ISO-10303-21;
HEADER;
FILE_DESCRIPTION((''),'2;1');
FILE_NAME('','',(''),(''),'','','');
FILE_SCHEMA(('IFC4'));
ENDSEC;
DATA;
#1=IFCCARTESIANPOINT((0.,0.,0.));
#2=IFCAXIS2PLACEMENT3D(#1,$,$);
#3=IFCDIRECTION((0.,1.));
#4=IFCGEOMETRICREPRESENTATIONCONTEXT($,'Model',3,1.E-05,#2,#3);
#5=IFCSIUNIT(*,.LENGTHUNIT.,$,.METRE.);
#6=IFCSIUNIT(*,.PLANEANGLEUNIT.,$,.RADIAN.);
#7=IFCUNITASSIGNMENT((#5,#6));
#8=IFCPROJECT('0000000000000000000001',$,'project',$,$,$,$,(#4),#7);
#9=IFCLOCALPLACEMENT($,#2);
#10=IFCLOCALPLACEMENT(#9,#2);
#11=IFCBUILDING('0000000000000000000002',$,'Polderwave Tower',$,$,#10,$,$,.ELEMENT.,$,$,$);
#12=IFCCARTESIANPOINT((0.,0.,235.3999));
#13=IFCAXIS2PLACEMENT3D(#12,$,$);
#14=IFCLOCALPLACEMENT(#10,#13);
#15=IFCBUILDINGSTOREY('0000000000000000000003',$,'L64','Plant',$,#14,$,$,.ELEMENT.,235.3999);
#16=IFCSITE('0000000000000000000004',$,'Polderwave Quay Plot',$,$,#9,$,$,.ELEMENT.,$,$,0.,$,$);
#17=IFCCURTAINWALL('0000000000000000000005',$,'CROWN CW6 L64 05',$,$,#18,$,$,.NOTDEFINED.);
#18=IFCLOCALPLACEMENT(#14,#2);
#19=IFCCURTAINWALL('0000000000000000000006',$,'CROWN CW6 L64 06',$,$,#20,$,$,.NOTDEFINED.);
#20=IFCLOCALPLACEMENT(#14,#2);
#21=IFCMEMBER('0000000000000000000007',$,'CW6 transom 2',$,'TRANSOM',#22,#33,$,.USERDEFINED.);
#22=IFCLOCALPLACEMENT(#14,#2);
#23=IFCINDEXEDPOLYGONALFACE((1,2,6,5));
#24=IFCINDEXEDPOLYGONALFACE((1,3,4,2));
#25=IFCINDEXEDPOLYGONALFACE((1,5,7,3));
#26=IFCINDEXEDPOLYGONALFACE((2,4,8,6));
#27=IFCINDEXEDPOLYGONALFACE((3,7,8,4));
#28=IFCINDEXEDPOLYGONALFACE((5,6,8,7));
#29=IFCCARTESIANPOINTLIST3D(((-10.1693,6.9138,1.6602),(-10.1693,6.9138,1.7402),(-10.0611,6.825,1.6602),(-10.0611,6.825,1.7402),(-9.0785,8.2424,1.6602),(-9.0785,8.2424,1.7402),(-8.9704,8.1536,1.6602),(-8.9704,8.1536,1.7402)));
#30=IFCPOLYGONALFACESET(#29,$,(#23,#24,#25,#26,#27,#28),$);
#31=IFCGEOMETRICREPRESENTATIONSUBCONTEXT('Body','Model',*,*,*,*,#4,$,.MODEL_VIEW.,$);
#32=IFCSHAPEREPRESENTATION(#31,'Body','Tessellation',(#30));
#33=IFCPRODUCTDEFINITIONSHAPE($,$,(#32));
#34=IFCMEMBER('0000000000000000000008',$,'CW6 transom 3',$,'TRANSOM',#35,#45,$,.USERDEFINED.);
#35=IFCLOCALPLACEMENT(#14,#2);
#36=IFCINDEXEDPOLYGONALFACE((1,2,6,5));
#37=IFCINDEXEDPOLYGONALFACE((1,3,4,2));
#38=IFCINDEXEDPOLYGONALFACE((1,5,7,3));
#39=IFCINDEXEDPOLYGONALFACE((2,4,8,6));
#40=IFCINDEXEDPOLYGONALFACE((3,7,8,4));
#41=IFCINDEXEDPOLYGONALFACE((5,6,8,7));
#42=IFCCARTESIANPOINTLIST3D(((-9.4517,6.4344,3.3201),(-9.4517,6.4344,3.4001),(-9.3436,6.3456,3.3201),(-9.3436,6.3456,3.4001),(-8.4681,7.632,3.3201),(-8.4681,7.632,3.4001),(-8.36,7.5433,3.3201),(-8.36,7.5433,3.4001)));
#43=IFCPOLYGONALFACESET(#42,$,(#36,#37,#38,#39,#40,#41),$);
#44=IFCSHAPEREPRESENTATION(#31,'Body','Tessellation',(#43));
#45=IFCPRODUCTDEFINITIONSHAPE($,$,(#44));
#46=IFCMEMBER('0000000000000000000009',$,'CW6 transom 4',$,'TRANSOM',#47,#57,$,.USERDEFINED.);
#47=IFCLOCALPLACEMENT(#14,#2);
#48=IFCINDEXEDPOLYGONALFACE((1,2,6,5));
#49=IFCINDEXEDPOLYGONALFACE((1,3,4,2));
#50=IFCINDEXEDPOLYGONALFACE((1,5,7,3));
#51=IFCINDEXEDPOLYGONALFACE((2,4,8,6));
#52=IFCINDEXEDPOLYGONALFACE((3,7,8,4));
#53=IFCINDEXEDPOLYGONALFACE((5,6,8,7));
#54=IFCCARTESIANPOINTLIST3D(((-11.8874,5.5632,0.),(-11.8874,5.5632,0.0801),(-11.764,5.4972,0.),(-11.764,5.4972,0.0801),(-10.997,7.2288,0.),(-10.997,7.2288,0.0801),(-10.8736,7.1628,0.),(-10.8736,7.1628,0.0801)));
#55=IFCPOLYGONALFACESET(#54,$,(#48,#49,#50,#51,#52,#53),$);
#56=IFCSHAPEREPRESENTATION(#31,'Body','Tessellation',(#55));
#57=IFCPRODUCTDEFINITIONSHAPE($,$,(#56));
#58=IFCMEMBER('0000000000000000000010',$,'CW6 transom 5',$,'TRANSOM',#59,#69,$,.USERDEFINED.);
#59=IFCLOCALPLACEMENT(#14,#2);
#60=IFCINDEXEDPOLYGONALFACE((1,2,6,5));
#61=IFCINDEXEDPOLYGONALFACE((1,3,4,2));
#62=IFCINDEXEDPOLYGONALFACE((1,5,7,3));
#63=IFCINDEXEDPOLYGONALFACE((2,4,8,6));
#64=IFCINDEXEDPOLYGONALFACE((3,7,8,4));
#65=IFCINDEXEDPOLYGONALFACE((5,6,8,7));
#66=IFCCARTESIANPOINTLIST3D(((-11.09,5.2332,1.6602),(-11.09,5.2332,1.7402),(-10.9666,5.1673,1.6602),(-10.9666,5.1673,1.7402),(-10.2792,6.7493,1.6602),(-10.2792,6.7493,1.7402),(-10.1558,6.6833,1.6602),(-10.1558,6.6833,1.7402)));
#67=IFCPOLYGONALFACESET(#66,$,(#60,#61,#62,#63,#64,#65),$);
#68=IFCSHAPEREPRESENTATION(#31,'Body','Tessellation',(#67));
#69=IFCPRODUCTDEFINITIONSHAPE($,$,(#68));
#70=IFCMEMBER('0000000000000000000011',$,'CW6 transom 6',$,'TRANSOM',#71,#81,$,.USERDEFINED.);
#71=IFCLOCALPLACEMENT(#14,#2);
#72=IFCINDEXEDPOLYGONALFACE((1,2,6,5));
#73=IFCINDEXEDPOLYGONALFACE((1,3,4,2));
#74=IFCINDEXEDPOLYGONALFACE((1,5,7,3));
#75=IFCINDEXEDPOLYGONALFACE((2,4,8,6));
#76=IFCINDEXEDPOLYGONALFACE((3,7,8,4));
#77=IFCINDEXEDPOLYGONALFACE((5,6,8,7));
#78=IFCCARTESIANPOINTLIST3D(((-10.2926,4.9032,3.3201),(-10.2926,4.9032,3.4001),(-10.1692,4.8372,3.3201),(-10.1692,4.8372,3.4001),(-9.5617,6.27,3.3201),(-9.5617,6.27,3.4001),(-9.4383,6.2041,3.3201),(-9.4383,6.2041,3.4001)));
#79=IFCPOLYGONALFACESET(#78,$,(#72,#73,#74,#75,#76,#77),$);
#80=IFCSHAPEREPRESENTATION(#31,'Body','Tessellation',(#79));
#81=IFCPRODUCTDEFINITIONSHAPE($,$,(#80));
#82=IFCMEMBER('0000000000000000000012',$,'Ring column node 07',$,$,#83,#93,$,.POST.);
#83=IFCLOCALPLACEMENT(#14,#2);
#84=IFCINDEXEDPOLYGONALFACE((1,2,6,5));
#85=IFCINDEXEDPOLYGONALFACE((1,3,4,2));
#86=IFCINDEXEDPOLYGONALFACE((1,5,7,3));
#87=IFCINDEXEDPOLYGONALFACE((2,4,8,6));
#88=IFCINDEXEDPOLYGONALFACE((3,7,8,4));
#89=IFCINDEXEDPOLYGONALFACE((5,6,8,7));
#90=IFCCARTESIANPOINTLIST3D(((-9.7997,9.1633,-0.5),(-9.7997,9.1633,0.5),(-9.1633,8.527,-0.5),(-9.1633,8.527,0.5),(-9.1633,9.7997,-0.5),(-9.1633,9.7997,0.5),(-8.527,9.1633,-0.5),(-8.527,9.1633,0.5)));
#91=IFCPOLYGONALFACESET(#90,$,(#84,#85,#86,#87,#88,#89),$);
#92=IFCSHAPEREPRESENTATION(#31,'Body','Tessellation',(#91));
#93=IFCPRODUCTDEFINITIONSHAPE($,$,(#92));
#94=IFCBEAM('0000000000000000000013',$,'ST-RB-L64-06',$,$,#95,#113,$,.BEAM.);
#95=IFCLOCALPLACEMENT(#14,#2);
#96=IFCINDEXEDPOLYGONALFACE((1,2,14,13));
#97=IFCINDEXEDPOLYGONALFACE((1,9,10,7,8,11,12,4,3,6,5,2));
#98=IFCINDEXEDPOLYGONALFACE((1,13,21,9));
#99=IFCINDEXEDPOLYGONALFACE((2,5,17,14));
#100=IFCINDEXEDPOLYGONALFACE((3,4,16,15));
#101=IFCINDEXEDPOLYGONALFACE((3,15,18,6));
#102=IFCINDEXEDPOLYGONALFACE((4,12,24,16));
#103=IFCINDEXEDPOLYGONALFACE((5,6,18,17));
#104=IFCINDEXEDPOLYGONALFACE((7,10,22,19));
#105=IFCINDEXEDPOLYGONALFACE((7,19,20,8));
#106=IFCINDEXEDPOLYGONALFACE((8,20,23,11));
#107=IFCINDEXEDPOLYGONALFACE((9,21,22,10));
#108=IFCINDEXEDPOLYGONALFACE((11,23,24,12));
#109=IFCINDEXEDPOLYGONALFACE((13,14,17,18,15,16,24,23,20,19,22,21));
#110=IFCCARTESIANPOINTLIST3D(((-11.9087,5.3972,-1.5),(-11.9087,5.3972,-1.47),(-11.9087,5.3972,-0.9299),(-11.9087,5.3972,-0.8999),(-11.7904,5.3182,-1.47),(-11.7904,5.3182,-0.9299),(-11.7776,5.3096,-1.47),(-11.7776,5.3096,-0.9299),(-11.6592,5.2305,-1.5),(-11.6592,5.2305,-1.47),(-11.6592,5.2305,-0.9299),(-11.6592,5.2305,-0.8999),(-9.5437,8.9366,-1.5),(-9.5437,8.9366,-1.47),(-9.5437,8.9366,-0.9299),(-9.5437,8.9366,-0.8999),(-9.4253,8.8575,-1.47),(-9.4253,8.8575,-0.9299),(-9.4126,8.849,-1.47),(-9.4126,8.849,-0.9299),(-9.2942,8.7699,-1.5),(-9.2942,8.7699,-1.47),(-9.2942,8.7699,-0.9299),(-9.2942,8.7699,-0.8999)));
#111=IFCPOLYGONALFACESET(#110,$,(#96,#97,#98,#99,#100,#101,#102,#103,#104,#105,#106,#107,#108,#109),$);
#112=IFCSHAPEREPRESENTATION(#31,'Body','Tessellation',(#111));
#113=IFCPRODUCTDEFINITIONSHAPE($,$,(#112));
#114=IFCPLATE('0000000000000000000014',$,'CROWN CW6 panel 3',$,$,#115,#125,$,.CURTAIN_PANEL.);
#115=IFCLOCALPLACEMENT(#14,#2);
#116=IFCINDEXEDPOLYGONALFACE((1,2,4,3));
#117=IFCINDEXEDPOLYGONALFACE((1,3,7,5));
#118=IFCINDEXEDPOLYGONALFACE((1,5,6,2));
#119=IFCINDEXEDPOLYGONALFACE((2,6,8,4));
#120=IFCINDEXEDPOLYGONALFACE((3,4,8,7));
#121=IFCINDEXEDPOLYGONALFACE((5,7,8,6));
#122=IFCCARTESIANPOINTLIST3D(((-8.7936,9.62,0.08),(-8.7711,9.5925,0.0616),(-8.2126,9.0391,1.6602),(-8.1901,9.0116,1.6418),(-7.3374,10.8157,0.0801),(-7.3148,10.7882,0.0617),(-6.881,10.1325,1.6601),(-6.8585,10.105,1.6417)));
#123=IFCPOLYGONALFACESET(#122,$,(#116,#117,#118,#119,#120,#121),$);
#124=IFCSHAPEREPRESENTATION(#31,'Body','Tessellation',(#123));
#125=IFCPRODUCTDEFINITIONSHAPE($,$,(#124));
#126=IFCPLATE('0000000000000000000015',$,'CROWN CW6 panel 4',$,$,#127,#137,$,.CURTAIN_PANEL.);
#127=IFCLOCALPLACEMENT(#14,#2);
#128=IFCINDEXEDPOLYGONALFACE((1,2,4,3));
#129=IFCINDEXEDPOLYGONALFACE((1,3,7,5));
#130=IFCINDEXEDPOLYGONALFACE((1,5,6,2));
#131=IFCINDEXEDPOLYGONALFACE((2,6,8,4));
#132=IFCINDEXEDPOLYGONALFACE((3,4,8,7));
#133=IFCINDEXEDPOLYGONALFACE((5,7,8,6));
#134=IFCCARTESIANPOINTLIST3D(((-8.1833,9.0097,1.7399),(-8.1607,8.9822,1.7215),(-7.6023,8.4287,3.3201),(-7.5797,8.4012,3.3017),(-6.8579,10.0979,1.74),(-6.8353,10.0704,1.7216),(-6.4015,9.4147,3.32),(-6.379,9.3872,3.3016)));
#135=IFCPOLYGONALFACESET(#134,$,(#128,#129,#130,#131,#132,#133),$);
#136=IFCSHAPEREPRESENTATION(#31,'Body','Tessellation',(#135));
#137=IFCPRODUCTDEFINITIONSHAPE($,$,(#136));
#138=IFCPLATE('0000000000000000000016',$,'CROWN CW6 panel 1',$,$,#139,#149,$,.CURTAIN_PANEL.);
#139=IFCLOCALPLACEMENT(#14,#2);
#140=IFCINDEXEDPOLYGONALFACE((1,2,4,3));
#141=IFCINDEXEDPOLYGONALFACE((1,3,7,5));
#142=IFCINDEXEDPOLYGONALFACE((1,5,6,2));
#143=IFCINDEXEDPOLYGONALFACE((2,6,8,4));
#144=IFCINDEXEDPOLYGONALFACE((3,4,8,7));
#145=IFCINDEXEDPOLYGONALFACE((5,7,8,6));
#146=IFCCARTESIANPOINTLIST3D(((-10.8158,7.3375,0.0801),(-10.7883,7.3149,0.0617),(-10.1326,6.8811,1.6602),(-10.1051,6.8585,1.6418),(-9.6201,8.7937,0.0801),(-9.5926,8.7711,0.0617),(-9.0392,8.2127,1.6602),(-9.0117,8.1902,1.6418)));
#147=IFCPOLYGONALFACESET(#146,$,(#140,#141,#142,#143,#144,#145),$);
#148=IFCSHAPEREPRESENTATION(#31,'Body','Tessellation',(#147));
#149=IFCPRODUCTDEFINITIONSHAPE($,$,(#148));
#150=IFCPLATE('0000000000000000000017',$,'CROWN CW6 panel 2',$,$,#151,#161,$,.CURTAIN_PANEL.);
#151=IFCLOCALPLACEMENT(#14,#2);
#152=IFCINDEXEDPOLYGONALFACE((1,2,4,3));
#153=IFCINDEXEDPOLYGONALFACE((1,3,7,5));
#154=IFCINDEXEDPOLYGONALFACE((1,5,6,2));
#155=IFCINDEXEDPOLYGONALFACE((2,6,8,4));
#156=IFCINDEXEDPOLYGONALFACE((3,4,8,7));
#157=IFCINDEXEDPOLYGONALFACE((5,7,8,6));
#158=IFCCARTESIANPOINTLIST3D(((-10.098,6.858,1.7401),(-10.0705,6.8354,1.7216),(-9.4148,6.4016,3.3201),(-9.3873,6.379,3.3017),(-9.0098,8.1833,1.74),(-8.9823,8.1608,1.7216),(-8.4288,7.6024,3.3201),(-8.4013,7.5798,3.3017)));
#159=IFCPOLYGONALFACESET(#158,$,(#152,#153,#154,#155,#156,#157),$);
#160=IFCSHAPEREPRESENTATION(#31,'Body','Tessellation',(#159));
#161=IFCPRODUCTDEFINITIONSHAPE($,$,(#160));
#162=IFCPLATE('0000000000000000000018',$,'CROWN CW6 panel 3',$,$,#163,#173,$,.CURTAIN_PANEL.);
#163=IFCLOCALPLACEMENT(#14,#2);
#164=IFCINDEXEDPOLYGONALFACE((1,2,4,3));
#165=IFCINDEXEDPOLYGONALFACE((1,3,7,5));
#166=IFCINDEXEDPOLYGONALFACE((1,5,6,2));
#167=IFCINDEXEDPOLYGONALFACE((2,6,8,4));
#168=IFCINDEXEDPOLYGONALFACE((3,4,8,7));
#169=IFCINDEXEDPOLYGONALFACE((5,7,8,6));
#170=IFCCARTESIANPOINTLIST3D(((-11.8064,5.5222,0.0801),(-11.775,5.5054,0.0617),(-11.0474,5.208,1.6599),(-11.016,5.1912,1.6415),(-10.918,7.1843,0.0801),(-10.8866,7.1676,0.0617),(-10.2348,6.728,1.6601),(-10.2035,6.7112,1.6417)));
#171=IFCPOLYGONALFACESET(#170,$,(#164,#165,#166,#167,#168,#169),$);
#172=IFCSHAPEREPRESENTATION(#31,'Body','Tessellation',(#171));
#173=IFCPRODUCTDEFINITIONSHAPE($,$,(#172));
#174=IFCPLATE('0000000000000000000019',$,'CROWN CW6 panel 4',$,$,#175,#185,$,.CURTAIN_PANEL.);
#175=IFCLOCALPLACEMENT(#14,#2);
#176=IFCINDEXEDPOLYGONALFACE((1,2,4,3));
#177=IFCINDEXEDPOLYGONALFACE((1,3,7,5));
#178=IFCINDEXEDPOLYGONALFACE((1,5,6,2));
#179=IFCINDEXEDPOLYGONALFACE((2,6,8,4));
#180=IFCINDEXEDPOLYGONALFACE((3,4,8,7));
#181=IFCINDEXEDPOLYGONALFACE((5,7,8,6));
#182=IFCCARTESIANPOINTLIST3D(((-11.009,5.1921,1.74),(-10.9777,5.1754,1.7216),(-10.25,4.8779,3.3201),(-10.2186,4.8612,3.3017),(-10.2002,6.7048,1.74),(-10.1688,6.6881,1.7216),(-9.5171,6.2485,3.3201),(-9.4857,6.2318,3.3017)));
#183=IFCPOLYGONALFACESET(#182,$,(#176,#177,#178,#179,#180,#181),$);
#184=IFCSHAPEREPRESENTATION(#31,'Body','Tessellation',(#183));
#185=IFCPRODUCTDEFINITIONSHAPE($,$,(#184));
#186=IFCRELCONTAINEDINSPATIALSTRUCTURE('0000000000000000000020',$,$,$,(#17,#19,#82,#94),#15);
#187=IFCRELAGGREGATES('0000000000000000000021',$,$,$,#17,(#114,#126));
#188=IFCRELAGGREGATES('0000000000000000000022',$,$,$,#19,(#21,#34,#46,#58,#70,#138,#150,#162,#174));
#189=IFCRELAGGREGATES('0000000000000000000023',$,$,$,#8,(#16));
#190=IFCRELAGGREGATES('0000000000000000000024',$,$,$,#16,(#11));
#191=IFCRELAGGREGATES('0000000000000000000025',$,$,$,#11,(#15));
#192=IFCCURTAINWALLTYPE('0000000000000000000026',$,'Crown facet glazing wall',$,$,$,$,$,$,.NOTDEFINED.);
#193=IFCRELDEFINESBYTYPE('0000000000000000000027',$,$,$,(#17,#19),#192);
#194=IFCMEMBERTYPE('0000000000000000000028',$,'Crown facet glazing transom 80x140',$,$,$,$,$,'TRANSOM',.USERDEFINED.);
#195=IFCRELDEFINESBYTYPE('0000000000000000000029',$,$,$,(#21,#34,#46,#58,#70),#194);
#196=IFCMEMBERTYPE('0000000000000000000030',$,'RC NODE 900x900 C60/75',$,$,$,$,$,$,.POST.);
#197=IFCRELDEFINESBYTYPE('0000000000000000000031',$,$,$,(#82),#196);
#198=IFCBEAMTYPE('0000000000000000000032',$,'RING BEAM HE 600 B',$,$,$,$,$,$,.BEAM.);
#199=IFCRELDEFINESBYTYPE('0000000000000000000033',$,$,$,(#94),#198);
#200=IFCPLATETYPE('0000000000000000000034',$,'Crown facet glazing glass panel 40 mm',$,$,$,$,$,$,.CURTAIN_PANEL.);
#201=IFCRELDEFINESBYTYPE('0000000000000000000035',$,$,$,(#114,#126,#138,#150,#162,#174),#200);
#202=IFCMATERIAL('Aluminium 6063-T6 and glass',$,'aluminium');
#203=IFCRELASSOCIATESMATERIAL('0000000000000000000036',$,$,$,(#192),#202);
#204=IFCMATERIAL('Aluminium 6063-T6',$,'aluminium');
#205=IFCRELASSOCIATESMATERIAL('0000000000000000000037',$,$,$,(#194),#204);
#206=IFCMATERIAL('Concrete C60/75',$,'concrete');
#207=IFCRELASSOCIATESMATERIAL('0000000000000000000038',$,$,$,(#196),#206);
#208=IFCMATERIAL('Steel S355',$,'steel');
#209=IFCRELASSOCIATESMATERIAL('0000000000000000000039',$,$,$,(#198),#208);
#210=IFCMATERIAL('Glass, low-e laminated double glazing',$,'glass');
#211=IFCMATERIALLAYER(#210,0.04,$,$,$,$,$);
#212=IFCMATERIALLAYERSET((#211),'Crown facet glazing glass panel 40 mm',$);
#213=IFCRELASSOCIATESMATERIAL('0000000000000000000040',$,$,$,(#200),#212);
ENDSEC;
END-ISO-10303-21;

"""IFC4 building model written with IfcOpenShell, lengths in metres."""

from ifc_helpers import new_model, si_unit, direction, frame, origin, origin_2d, place, context, subcontext, project, spatial, polyline, rectangle, i_section, outline, extrude, material, layer, layer_set, material_profile, profile_set, type_object, element, aggregate, save


model = new_model("IFC4")

# Units and contexts
model_context = context("Model", 3, precision=1e-05, world=origin(), true_north=direction((0.0, 1.0)))
body_context = subcontext(model_context, "Body", "Model", "MODEL_VIEW")
ifc_project = project(units=[si_unit("LENGTHUNIT", "METRE"), si_unit("PLANEANGLEUNIT", "RADIAN")], contexts=[model_context])

# Site, building, storey
site_placement = place(None, origin())
site = spatial("IfcSite", under=ifc_project, at=site_placement, Name="Polderwave Quay Plot", CompositionType="ELEMENT", RefElevation=0.0)
building_placement = place(site_placement, origin())
building = spatial("IfcBuilding", under=site, at=building_placement, Name="Polderwave Tower", CompositionType="ELEMENT")
storey_placement = place(building_placement, frame((0.0, 0.0, 235.3999)))
storey = spatial("IfcBuildingStorey", under=building, at=storey_placement, Name="L64", Description="Plant", CompositionType="ELEMENT", Elevation=235.3999)

# Shared definitions
ifc_material_1 = material(Name="Concrete C60/75", Category="concrete")

# Curtain walls
ifc_material_2 = material(Name="Aluminium 6063-T6 and glass", Category="aluminium")
curtain_wall_type = type_object("IfcCurtainWallType", Name="Crown facet glazing wall", PredefinedType="NOTDEFINED", material=ifc_material_2)
curtain_wall_1_placement = place(storey_placement, origin())
curtain_wall_1 = element("IfcCurtainWall", 1, at=curtain_wall_1_placement, inside=storey, type_object=curtain_wall_type, Name="CROWN CW6 L64 05", PredefinedType="NOTDEFINED")
ifc_material_3 = material(Name="Aluminium 6063-T6", Category="aluminium")
curtain_wall_2_placement = place(storey_placement, origin())
curtain_wall_2 = element("IfcCurtainWall", 2, at=curtain_wall_2_placement, inside=storey, type_object=curtain_wall_type, Name="CROWN CW6 L64 06", PredefinedType="NOTDEFINED")

# Members
ifc_material_profile_1 = material_profile(ifc_material_3, rectangle(XDim=0.1399, YDim=0.0801, at=origin_2d()), Name="AL 80x140")
ifc_profile_set_1 = profile_set([ifc_material_profile_1], Name="Aluminium 6063-T6")
member_type_1 = type_object("IfcMemberType", Name="Crown facet glazing transom 80x140", ElementType="TRANSOM", PredefinedType="USERDEFINED", material=ifc_profile_set_1)
member_1_placement = place(storey_placement, frame((-9.0244, 8.198, 1.7002), z_axis=(-0.634552, -0.77288, 0.0), x_axis=(0.77288, -0.634552, 0.0)))
member_1 = element("IfcMember", 3, at=member_1_placement, type_object=member_type_1, Name="CW6 transom 2", ObjectType="TRANSOM", PredefinedType="USERDEFINED", context=body_context, shape_type="SweptSolid", body=[
    extrude(rectangle(XDim=0.1399, YDim=0.0801, at=origin_2d()), origin(), (0.0, 0.0, 1.0), 1.719),
])
member_2_placement = place(storey_placement, frame((-8.4141, 7.5876, 3.3601), z_axis=(-0.634652, -0.772798, 0.0), x_axis=(0.772798, -0.634652, 0.0)))
member_2 = element("IfcMember", 4, at=member_2_placement, type_object=member_type_1, Name="CW6 transom 3", ObjectType="TRANSOM", PredefinedType="USERDEFINED", context=body_context, shape_type="SweptSolid", body=[
    extrude(rectangle(XDim=0.1399, YDim=0.0801, at=origin_2d()), origin(), (0.0, 0.0, 1.0), 1.5498),
])
member_3_placement = place(storey_placement, frame((-10.9353, 7.1958, 0.04), z_axis=(-0.471454, -0.881891, 0.0), x_axis=(0.881891, -0.471454, 0.0)))
member_3 = element("IfcMember", 5, at=member_3_placement, type_object=member_type_1, Name="CW6 transom 4", ObjectType="TRANSOM", PredefinedType="USERDEFINED", context=body_context, shape_type="SweptSolid", body=[
    extrude(rectangle(XDim=0.1399, YDim=0.0801, at=origin_2d()), origin(), (0.0, 0.0, 1.0), 1.8887),
])
member_4_placement = place(storey_placement, frame((-10.2175, 6.7163, 1.7002), z_axis=(-0.471583, -0.881822, 0.0), x_axis=(0.881822, -0.471583, 0.0)))
member_4 = element("IfcMember", 6, at=member_4_placement, type_object=member_type_1, Name="CW6 transom 5", ObjectType="TRANSOM", PredefinedType="USERDEFINED", context=body_context, shape_type="SweptSolid", body=[
    extrude(rectangle(XDim=0.1399, YDim=0.0801, at=origin_2d()), origin(), (0.0, 0.0, 1.0), 1.7192),
])
member_5_placement = place(storey_placement, frame((-9.5, 6.2371, 3.3601), z_axis=(-0.471553, -0.881838, 0.0), x_axis=(0.881838, -0.471553, 0.0)))
member_5 = element("IfcMember", 7, at=member_5_placement, type_object=member_type_1, Name="CW6 transom 6", ObjectType="TRANSOM", PredefinedType="USERDEFINED", context=body_context, shape_type="SweptSolid", body=[
    extrude(rectangle(XDim=0.1399, YDim=0.0801, at=origin_2d()), origin(), (0.0, 0.0, 1.0), 1.55),
])
ifc_material_profile_2 = material_profile(ifc_material_1, rectangle(XDim=0.8999, YDim=0.8999, at=origin_2d()), Name="RC 900x900")
ifc_profile_set_2 = profile_set([ifc_material_profile_2], Name="Concrete C60/75")
member_type_2 = type_object("IfcMemberType", Name="RC NODE 900x900 C60/75", PredefinedType="POST", material=ifc_profile_set_2)
member_6_placement = place(storey_placement, frame((-9.1633, 9.1633, -0.5), z_axis=(0.0, 0.0, 1.0), x_axis=(-0.707107, 0.707107, 0.0)))
element("IfcMember", 8, at=member_6_placement, inside=storey, type_object=member_type_2, Name="Ring column node 07", PredefinedType="POST", context=body_context, shape_type="SweptSolid", body=[
    extrude(rectangle(XDim=0.8999, YDim=0.8999, at=origin_2d()), origin(), (0.0, 0.0, 1.0), 1.0),
])

# Beam
ifc_material_4 = material(Name="Steel S355", Category="steel")
ifc_material_profile_3 = material_profile(ifc_material_4, i_section(OverallWidth=0.3, OverallDepth=0.6001, WebThickness=0.0154, FlangeThickness=0.03, at=origin_2d()), Name="HE 600 B")
ifc_profile_set_3 = profile_set([ifc_material_profile_3], Name="Steel S355")
beam_type = type_object("IfcBeamType", Name="RING BEAM HE 600 B", PredefinedType="BEAM", material=ifc_profile_set_3)
beam_placement = place(storey_placement, frame((-9.4189, 8.8533, -1.2), z_axis=(-0.555587, -0.831459, 0.0), x_axis=(0.831459, -0.555587, 0.0)))
element("IfcBeam", 9, at=beam_placement, inside=storey, type_object=beam_type, Name="ST-RB-L64-06", PredefinedType="BEAM", context=body_context, shape_type="SweptSolid", body=[
    extrude(i_section(OverallWidth=0.3, OverallDepth=0.6001, WebThickness=0.0154, FlangeThickness=0.03, at=origin_2d()), origin(), (0.0, 0.0, 1.0), 4.2568),
])

# Plates
ifc_material_5 = material(Name="Glass, low-e laminated double glazing", Category="glass")
ifc_layer_1 = layer(ifc_material_5, 0.04)
ifc_layer_set_1 = layer_set([ifc_layer_1], Name="Crown facet glazing glass panel 40 mm")
plate_type = type_object("IfcPlateType", Name="Crown facet glazing glass panel 40 mm", PredefinedType="CURTAIN_PANEL", material=ifc_layer_set_1)
plate_1_placement = place(storey_placement, frame((-7.3374, 10.8157, 0.0801), z_axis=(-0.563593, 0.686399, 0.459586), x_axis=(-0.772866, -0.634569, -0.000032)))
plate_1 = element("IfcPlate", 10, at=plate_1_placement, type_object=plate_type, Name="CROWN CW6 panel 3", PredefinedType="CURTAIN_PANEL", context=body_context, shape_type="SweptSolid", body=[
    extrude(outline(polyline([(0.0, 0.0), (1.8842, 0.0), (1.8038, 1.7792), (0.0808, 1.779), (0.0, 0.0)])), origin(), (0.0, 0.0, -1.0), 0.04),
])
plate_2_placement = place(storey_placement, frame((-6.8579, 10.0979, 1.74), z_axis=(-0.563602, 0.686392, 0.459586), x_axis=(-0.77286, -0.634577, -0.000036)))
plate_2 = element("IfcPlate", 11, at=plate_2_placement, type_object=plate_type, Name="CROWN CW6 panel 4", PredefinedType="CURTAIN_PANEL", context=body_context, shape_type="SweptSolid", body=[
    extrude(outline(polyline([(0.0, 0.0), (1.7149, 0.0), (1.6345, 1.7792), (0.0808, 1.779), (0.0, 0.0)])), origin(), (0.0, 0.0, -1.0), 0.04),
])
aggregate(curtain_wall_1, [plate_1, plate_2])
plate_3_placement = place(storey_placement, frame((-9.6201, 8.7937, 0.0801), z_axis=(-0.686399, 0.563593, 0.459586), x_axis=(-0.634569, -0.772866, 0.000032)))
plate_3 = element("IfcPlate", 12, at=plate_3_placement, type_object=plate_type, Name="CROWN CW6 panel 1", PredefinedType="CURTAIN_PANEL", context=body_context, shape_type="SweptSolid", body=[
    extrude(outline(polyline([(0.0, 0.0), (1.8842, 0.0), (1.8034, 1.779), (0.0804, 1.7792), (0.0, 0.0)])), origin(), (0.0, 0.0, -1.0), 0.04),
])
plate_4_placement = place(storey_placement, frame((-9.0098, 8.1833, 1.74), z_axis=(-0.686392, 0.563602, 0.459586), x_axis=(-0.634577, -0.77286, 0.000036)))
plate_4 = element("IfcPlate", 13, at=plate_4_placement, type_object=plate_type, Name="CROWN CW6 panel 2", PredefinedType="CURTAIN_PANEL", context=body_context, shape_type="SweptSolid", body=[
    extrude(outline(polyline([(0.0, 0.0), (1.7149, 0.0), (1.6341, 1.779), (0.0804, 1.7792), (0.0, 0.0)])), origin(), (0.0, 0.0, -1.0), 0.04),
])
plate_5_placement = place(storey_placement, frame((-10.918, 7.1843, 0.0801), z_axis=(-0.783284, 0.41865, 0.459563), x_axis=(-0.471381, -0.88193, -0.000012)))
plate_5 = element("IfcPlate", 14, at=plate_5_placement, type_object=plate_type, Name="CROWN CW6 panel 3", PredefinedType="CURTAIN_PANEL", context=body_context, shape_type="SweptSolid", body=[
    extrude(outline(polyline([(0.0, 0.0), (1.8847, 0.0), (1.8039, 1.7788), (0.0804, 1.7791), (0.0, 0.0)])), origin(), (0.0, 0.0, -1.0), 0.04),
])
plate_6_placement = place(storey_placement, frame((-10.2002, 6.7048, 1.74), z_axis=(-0.78322, 0.418801, 0.459535), x_axis=(-0.471535, -0.881847, 0.000005)))
plate_6 = element("IfcPlate", 15, at=plate_6_placement, type_object=plate_type, Name="CROWN CW6 panel 4", PredefinedType="CURTAIN_PANEL", context=body_context, shape_type="SweptSolid", body=[
    extrude(outline(polyline([(0.0, 0.0), (1.7154, 0.0), (1.6345, 1.779), (0.0803, 1.7791), (0.0, 0.0)])), origin(), (0.0, 0.0, -1.0), 0.04),
])
aggregate(curtain_wall_2, [member_1, member_2, member_3, member_4, member_5, plate_3, plate_4, plate_5, plate_6])

save(model, "model.ifc")
